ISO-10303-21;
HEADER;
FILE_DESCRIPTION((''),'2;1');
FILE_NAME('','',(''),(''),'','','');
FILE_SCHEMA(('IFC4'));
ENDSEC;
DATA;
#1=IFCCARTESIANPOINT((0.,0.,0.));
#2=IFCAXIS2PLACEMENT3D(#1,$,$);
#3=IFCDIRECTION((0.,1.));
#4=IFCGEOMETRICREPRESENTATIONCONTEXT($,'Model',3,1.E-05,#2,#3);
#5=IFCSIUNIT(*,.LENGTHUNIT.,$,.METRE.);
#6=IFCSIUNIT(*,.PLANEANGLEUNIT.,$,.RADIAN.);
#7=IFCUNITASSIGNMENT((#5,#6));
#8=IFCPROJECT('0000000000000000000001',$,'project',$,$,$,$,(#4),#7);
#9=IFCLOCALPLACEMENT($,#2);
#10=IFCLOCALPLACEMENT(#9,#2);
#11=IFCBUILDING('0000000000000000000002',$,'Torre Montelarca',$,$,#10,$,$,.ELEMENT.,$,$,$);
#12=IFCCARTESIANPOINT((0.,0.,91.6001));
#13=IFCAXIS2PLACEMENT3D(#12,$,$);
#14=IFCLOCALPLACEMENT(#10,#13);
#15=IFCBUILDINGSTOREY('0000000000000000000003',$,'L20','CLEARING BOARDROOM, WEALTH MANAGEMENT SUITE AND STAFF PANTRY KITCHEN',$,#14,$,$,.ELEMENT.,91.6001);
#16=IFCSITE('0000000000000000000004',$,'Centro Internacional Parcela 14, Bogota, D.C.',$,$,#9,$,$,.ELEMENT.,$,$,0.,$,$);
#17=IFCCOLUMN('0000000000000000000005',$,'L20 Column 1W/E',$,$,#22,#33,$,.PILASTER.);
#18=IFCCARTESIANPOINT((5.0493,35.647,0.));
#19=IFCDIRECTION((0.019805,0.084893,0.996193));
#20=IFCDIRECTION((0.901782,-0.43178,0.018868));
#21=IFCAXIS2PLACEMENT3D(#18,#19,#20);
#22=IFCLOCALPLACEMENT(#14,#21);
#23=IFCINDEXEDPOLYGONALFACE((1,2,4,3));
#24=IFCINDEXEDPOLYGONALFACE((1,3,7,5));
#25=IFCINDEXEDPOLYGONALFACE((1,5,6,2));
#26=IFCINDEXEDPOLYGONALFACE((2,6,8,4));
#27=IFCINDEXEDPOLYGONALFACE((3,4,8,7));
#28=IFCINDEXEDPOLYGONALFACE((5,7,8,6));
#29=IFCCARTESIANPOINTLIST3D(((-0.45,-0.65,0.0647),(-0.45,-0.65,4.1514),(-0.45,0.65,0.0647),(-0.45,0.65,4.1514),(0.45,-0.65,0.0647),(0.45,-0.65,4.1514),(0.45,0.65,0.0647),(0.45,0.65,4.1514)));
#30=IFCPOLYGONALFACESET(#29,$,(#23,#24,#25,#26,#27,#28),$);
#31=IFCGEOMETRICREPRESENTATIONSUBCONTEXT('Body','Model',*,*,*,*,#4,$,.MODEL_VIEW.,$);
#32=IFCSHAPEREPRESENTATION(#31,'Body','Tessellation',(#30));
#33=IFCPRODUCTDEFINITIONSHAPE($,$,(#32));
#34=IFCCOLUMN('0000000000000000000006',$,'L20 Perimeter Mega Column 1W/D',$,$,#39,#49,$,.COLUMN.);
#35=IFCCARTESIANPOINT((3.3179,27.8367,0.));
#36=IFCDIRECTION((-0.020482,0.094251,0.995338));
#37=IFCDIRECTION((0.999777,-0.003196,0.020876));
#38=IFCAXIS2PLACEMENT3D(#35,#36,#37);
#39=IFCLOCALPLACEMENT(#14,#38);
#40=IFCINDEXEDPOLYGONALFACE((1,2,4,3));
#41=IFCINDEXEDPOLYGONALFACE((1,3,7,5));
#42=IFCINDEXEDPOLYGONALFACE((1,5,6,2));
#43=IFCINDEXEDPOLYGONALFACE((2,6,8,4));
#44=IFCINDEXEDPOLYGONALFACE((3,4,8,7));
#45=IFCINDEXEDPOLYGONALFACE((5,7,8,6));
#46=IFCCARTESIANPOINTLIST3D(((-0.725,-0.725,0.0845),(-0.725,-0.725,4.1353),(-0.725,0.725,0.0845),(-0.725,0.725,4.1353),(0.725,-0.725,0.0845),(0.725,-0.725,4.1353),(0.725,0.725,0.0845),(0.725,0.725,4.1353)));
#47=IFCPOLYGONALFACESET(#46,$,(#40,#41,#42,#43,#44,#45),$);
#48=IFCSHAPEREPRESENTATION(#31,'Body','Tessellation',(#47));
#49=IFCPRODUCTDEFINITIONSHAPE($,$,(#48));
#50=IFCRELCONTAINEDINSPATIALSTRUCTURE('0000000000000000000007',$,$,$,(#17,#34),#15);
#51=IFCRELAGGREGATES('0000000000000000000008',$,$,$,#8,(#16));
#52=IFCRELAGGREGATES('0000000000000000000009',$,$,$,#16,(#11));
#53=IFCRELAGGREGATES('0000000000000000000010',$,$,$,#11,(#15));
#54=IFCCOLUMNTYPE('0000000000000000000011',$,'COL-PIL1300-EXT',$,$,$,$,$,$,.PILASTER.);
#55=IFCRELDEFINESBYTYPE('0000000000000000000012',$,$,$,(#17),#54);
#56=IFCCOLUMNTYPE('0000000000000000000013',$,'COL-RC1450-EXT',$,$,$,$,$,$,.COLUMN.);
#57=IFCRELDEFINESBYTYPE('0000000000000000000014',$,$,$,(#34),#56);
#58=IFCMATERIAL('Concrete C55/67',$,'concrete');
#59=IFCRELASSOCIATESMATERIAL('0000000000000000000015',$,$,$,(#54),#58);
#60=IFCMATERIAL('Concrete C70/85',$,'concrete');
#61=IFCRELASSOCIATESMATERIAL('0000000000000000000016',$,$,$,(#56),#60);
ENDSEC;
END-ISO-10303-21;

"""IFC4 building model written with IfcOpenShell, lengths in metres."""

from ifc_helpers import new_model, si_unit, direction, frame, origin, origin_2d, place, context, subcontext, project, spatial, rectangle, extrude, clip, halfspace, material, material_profile, profile_set, type_object, element, save


model = new_model("IFC4")

# Units and contexts
model_context = context("Model", 3, precision=1e-05, world=origin(), true_north=direction((0.0, 1.0)))
body_context = subcontext(model_context, "Body", "Model", "MODEL_VIEW")
ifc_project = project(units=[si_unit("LENGTHUNIT", "METRE"), si_unit("PLANEANGLEUNIT", "RADIAN")], contexts=[model_context])

# Site, building, storey
site_placement = place(None, origin())
site = spatial("IfcSite", under=ifc_project, at=site_placement, Name="Centro Internacional Parcela 14, Bogota, D.C.", CompositionType="ELEMENT", RefElevation=0.0)
building_placement = place(site_placement, origin())
building = spatial("IfcBuilding", under=site, at=building_placement, Name="Torre Montelarca", CompositionType="ELEMENT")
storey_placement = place(building_placement, frame((0.0, 0.0, 91.6001)))
storey = spatial("IfcBuildingStorey", under=building, at=storey_placement, Name="L20", Description="CLEARING BOARDROOM, WEALTH MANAGEMENT SUITE AND STAFF PANTRY KITCHEN", CompositionType="ELEMENT", Elevation=91.6001)

# Columns
ifc_material_1 = material(Name="Concrete C55/67", Category="concrete")
ifc_material_profile_1 = material_profile(ifc_material_1, rectangle(XDim=0.8999, YDim=1.3, at=origin_2d()), Name="RC1300X900", Category="concrete")
ifc_profile_set_1 = profile_set([ifc_material_profile_1], Name="Concrete C55/67")
column_type_1 = type_object("IfcColumnType", Name="COL-PIL1300-EXT", PredefinedType="PILASTER", material=ifc_profile_set_1)
column_1_placement = place(storey_placement, frame((5.0493, 35.647, 0.0), z_axis=(0.019805, 0.084893, 0.996193), x_axis=(0.901782, -0.43178, 0.018868)))
element("IfcColumn", 1, at=column_1_placement, inside=storey, type_object=column_type_1, Name="L20 Column 1W/E", PredefinedType="PILASTER", context=body_context, shape_type="Clipping", body=[
    clip(clip(extrude(rectangle(XDim=0.8999, YDim=1.3, at=origin_2d()), origin(), (0.0, 0.0, 1.0), 4.2161), halfspace(frame((0.0, 0.0, 0.0647), z_axis=(0.0, 0.0, -1.0), x_axis=(1.0, 0.0, 0.0)), False)), halfspace(frame((0.0, 0.0, 4.1514), z_axis=(0.0, 0.0, 1.0), x_axis=(1.0, 0.0, 0.0)), False)),
])
ifc_material_2 = material(Name="Concrete C70/85", Category="concrete")
ifc_material_profile_2 = material_profile(ifc_material_2, rectangle(XDim=1.45, YDim=1.45, at=origin_2d()), Name="RC1450X1450", Category="concrete")
ifc_profile_set_2 = profile_set([ifc_material_profile_2], Name="Concrete C70/85")
column_type_2 = type_object("IfcColumnType", Name="COL-RC1450-EXT", PredefinedType="COLUMN", material=ifc_profile_set_2)
column_2_placement = place(storey_placement, frame((3.3179, 27.8367, 0.0), z_axis=(-0.020482, 0.094251, 0.995338), x_axis=(0.999777, -0.003196, 0.020876)))
element("IfcColumn", 2, at=column_2_placement, inside=storey, type_object=column_type_2, Name="L20 Perimeter Mega Column 1W/D", PredefinedType="COLUMN", context=body_context, shape_type="Clipping", body=[
    clip(clip(extrude(rectangle(XDim=1.45, YDim=1.45, at=origin_2d()), origin(), (0.0, 0.0, 1.0), 4.2197), halfspace(frame((0.0, 0.0, 0.0845), z_axis=(0.0, 0.0, -1.0), x_axis=(1.0, 0.0, 0.0)), False)), halfspace(frame((0.0, 0.0, 4.1353), z_axis=(0.0, 0.0, 1.0), x_axis=(1.0, 0.0, 0.0)), False)),
])

save(model, "model.ifc")
